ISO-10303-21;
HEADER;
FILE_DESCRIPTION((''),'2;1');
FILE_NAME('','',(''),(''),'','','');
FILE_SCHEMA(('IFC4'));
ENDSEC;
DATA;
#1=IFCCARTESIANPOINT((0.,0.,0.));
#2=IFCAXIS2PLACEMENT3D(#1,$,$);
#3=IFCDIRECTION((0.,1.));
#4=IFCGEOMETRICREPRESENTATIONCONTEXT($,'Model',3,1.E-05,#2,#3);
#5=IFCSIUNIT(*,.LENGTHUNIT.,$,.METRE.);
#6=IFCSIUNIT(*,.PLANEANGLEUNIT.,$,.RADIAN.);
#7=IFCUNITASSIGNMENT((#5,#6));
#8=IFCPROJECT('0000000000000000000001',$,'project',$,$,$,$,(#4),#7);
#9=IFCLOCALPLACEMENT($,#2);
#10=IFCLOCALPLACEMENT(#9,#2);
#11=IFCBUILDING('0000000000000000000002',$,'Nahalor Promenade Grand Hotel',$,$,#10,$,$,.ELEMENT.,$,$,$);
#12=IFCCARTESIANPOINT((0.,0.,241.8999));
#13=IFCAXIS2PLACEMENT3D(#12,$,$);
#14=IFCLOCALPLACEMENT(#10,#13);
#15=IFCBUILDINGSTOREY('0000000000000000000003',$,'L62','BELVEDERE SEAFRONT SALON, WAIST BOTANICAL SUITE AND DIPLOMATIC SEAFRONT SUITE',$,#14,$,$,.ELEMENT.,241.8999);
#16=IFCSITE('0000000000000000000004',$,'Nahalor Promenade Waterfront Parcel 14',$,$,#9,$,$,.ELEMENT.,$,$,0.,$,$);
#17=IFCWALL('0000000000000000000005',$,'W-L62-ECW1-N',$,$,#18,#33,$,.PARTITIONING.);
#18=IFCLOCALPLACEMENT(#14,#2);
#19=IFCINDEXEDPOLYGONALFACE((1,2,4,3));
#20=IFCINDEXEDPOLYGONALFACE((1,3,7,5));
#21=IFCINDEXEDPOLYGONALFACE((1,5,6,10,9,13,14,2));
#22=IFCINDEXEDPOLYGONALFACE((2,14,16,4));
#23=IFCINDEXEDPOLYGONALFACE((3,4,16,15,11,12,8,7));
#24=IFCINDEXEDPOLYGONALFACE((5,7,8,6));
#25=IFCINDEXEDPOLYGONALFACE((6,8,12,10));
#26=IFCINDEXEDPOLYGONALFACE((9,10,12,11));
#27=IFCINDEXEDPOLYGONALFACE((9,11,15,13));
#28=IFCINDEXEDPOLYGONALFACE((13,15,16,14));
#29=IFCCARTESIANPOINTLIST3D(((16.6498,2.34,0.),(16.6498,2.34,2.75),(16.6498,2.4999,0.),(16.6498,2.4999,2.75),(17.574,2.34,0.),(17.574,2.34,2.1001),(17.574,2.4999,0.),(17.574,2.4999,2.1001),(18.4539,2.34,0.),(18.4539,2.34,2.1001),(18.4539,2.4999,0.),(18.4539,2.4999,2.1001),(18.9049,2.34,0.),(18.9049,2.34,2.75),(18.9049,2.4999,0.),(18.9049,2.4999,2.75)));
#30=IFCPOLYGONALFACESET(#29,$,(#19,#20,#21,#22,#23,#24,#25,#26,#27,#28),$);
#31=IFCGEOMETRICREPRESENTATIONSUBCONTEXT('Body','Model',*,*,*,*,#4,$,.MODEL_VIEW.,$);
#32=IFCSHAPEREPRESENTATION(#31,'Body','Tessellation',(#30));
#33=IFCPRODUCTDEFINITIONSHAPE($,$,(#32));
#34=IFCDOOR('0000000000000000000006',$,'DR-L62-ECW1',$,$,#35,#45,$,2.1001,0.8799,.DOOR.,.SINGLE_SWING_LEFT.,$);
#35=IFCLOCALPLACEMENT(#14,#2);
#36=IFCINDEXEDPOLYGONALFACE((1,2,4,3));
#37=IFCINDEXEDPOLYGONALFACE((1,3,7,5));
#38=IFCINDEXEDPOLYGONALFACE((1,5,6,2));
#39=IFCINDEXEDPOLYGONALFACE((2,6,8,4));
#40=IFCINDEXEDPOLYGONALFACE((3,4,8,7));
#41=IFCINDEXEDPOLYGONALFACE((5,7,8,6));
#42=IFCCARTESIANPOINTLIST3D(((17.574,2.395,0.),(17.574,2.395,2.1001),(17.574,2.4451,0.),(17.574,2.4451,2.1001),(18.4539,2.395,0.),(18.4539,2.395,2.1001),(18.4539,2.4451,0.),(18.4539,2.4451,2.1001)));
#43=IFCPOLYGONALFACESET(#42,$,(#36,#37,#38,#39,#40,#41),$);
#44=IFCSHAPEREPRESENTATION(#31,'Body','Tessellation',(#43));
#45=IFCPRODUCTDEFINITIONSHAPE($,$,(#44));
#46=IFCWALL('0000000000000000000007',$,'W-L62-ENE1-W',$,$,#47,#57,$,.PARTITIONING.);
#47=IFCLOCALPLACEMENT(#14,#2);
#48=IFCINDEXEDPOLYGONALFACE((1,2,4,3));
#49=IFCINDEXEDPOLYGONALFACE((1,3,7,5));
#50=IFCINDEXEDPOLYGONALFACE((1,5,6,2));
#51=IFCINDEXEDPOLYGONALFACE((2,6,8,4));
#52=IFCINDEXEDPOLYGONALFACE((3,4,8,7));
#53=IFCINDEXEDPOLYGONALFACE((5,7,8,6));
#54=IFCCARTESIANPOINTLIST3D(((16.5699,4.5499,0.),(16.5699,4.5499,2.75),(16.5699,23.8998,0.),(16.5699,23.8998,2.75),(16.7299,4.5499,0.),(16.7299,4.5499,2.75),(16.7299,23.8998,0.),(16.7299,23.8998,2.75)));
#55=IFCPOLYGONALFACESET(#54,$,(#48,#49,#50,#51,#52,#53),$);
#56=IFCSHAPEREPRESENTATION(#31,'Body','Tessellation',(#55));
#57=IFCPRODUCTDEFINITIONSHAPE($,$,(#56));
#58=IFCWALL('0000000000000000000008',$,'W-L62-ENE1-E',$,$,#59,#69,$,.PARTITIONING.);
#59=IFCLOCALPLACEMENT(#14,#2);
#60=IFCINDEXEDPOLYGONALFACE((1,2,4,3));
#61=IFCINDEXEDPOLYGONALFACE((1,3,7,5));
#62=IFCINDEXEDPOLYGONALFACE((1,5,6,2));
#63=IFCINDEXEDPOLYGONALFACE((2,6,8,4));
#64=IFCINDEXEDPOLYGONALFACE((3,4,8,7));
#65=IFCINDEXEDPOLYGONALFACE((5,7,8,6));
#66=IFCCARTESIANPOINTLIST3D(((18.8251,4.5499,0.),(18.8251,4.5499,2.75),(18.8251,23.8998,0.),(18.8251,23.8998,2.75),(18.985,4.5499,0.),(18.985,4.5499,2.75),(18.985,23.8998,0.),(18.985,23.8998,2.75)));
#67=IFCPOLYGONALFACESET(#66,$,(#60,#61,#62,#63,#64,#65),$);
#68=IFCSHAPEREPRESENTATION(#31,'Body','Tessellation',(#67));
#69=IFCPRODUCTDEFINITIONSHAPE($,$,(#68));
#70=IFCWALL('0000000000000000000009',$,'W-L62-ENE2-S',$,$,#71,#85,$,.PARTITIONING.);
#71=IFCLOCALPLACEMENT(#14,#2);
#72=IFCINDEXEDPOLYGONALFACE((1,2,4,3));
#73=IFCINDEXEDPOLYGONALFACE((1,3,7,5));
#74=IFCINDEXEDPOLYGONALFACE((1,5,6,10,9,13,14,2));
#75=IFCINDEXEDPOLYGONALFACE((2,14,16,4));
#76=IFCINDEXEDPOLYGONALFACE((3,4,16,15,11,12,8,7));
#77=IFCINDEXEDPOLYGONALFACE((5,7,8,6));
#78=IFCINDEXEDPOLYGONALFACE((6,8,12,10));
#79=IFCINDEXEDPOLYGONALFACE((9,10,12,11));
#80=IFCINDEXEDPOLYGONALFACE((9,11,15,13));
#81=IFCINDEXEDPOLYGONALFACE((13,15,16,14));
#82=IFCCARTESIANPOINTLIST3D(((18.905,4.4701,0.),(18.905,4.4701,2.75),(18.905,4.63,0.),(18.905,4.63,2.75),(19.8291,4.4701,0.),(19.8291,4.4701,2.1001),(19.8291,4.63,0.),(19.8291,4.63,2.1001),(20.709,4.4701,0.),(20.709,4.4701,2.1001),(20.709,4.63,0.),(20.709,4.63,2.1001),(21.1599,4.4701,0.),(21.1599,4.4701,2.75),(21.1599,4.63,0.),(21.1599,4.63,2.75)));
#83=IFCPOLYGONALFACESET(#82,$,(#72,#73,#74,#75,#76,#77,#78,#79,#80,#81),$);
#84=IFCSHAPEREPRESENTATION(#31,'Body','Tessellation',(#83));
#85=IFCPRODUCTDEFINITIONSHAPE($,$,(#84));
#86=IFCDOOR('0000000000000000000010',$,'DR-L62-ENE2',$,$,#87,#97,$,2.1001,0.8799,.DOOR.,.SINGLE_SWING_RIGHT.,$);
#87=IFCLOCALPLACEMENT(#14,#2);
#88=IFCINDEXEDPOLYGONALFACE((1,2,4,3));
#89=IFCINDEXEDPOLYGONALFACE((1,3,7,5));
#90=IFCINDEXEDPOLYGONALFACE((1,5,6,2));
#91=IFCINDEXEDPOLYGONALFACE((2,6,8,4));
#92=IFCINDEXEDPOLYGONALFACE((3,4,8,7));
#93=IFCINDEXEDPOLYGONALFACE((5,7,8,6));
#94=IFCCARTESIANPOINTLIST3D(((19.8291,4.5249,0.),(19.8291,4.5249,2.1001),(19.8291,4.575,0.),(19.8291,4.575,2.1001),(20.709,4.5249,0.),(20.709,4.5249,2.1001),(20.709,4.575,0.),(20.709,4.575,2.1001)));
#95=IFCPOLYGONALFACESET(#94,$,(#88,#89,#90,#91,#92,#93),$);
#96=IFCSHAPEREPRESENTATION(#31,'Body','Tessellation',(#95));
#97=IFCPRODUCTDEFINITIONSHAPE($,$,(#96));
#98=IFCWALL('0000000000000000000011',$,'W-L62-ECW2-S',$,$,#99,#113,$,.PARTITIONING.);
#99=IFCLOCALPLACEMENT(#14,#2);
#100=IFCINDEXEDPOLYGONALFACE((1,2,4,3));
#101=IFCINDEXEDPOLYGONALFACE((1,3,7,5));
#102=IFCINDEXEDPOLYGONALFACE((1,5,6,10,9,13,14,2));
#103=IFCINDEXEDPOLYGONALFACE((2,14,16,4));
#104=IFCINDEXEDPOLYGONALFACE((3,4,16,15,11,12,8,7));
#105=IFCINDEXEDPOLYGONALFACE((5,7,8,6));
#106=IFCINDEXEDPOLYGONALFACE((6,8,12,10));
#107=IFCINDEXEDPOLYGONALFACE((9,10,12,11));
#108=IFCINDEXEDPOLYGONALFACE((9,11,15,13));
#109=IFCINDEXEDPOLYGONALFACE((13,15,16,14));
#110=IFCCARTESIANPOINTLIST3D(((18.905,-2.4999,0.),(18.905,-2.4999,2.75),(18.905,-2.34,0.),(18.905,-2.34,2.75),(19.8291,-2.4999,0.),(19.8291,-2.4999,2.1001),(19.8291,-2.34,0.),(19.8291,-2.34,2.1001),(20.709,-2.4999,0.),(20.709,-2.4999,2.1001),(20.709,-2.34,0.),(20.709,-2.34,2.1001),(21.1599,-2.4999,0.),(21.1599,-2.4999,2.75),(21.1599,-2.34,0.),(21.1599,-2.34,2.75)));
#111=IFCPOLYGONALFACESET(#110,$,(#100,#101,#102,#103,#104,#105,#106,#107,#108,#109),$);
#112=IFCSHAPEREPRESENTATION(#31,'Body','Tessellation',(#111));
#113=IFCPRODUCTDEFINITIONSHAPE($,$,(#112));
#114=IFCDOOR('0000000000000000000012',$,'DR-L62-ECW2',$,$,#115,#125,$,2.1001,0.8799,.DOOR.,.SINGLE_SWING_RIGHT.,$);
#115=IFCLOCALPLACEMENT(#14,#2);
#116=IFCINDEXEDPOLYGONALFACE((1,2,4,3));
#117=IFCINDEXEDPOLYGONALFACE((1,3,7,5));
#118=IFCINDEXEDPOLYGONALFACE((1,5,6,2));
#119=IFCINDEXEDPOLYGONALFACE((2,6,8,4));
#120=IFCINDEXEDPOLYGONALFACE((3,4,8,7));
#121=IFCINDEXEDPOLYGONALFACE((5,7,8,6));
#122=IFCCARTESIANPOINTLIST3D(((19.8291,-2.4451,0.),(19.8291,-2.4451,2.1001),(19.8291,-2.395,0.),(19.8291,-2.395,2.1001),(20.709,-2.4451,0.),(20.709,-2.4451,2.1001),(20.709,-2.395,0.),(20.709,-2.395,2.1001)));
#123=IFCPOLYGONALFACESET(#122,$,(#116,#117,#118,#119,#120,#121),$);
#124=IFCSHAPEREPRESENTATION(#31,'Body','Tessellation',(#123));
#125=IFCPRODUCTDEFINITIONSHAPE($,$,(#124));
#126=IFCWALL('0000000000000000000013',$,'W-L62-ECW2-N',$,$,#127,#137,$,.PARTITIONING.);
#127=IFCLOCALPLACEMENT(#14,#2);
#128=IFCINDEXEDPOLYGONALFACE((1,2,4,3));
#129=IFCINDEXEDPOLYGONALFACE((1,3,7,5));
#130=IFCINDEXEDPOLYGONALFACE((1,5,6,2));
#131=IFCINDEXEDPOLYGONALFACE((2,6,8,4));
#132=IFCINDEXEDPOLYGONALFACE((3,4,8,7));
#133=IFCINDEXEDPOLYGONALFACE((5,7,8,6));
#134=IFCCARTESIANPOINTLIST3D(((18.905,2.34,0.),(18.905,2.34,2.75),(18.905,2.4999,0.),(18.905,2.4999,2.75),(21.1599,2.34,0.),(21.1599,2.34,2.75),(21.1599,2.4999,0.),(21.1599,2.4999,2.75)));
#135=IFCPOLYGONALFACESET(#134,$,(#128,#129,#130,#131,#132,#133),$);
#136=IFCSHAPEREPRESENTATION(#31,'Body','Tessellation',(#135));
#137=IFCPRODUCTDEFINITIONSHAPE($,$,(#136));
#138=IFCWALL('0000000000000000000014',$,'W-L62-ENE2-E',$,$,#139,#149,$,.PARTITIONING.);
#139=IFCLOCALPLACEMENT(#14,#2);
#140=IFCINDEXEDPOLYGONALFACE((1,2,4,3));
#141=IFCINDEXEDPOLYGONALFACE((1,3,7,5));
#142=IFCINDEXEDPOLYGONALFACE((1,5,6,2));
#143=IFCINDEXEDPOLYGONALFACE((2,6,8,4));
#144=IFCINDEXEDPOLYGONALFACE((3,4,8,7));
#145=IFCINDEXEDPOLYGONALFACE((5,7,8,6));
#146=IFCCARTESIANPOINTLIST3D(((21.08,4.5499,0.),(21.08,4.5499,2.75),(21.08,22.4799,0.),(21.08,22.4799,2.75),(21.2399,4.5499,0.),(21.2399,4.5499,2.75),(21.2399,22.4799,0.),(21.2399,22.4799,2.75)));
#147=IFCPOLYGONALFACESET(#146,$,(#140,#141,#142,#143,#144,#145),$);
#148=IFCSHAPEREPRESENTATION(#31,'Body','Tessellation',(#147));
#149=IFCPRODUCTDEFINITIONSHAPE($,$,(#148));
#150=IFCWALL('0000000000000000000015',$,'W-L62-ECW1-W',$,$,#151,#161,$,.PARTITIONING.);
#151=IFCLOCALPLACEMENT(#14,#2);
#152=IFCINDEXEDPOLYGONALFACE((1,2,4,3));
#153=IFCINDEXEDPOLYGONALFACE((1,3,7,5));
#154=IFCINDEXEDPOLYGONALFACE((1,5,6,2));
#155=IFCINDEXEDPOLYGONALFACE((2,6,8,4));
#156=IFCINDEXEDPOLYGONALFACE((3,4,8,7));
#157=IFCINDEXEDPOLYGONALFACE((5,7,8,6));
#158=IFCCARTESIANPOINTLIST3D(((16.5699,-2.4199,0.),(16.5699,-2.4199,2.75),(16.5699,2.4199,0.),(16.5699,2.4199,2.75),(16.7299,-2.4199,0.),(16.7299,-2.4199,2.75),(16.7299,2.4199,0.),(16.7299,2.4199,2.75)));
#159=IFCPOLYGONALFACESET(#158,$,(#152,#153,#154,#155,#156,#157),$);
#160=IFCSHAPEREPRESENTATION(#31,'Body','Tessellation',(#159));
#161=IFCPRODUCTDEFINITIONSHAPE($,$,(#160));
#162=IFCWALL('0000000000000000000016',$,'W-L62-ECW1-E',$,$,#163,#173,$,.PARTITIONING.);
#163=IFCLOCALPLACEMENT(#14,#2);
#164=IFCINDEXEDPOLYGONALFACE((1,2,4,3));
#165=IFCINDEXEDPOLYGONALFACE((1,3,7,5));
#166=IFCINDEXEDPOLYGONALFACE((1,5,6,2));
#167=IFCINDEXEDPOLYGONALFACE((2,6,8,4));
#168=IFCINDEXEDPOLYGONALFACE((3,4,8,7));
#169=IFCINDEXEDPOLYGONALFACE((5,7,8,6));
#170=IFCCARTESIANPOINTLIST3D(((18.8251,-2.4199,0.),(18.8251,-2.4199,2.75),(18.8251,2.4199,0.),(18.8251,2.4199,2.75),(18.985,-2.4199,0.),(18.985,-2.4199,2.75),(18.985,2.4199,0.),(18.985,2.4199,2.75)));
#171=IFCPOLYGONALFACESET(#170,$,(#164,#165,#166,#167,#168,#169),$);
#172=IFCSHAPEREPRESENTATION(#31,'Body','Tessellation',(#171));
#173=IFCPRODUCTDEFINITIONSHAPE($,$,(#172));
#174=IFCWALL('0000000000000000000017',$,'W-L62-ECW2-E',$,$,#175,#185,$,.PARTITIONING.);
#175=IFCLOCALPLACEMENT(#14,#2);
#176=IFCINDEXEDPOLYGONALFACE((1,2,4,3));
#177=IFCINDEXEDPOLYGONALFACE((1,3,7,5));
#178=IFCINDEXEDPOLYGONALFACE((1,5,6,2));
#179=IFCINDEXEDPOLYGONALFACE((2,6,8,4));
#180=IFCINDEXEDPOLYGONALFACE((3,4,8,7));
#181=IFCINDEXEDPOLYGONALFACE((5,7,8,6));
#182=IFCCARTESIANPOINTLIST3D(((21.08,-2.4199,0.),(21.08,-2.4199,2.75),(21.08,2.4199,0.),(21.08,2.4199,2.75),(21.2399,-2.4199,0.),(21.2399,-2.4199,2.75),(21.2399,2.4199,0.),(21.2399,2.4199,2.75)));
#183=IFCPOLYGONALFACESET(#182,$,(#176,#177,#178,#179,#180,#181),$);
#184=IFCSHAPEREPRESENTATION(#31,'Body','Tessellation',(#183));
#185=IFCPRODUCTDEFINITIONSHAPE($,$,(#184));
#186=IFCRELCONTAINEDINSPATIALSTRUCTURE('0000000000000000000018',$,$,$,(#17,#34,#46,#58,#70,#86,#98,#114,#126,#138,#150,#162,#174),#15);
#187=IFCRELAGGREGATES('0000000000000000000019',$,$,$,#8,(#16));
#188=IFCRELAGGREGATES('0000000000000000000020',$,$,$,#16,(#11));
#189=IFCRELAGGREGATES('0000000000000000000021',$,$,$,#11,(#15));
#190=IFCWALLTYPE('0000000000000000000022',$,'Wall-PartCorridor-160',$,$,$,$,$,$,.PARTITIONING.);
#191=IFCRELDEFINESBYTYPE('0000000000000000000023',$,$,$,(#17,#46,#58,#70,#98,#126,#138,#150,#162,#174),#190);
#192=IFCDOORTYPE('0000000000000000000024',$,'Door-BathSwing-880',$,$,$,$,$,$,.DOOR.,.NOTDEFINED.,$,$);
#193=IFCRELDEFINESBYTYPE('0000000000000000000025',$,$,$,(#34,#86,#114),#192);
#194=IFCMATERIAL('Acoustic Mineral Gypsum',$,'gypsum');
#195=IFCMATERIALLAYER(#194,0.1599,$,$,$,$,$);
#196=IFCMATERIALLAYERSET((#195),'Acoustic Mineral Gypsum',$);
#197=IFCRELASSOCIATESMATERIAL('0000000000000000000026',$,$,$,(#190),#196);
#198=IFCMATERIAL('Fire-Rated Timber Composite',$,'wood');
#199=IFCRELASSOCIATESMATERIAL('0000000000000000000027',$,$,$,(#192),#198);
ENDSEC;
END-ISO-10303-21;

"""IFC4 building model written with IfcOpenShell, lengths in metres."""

from ifc_helpers import new_model, si_unit, direction, frame, frame_2d, origin, place, context, subcontext, project, spatial, rectangle, extrude, source, transform, mapped, material, layer, layer_set, type_object, element, fill, save


model = new_model("IFC4")

# Units and contexts
model_context = context("Model", 3, precision=1e-05, world=origin(), true_north=direction((0.0, 1.0)))
body_context = subcontext(model_context, "Body", "Model", "MODEL_VIEW")
ifc_project = project(units=[si_unit("LENGTHUNIT", "METRE"), si_unit("PLANEANGLEUNIT", "RADIAN")], contexts=[model_context])

# Site, building, storey
site_placement = place(None, origin())
site = spatial("IfcSite", under=ifc_project, at=site_placement, Name="Nahalor Promenade Waterfront Parcel 14", CompositionType="ELEMENT", RefElevation=0.0)
building_placement = place(site_placement, origin())
building = spatial("IfcBuilding", under=site, at=building_placement, Name="Nahalor Promenade Grand Hotel", CompositionType="ELEMENT")
storey_placement = place(building_placement, frame((0.0, 0.0, 241.8999)))
storey = spatial("IfcBuildingStorey", under=building, at=storey_placement, Name="L62", Description="BELVEDERE SEAFRONT SALON, WAIST BOTANICAL SUITE AND DIPLOMATIC SEAFRONT SUITE", CompositionType="ELEMENT", Elevation=241.8999)

# Shared definitions
ifc_material_1 = material(Name="Acoustic Mineral Gypsum", Category="gypsum")
ifc_layer_1 = layer(ifc_material_1, 0.1599)
ifc_layer_set_1 = layer_set([ifc_layer_1], Name="Acoustic Mineral Gypsum")
wall_type_1 = type_object("IfcWallType", Name="Wall-PartCorridor-160", PredefinedType="PARTITIONING", material=ifc_layer_set_1)
shared_shape_1 = source(origin(), body_context, "Body", "SweptSolid", [
    extrude(rectangle(XDim=2.2551, YDim=0.1599, at=frame_2d((1.1274, 0.0))), origin(), (0.0, 0.0, 1.0), 2.75),
])
ifc_material_2 = material(Name="Fire-Rated Timber Composite", Category="wood")
door_type = type_object("IfcDoorType", Name="Door-BathSwing-880", OperationType="NOTDEFINED", PredefinedType="DOOR", material=ifc_material_2)
shared_shape_2 = source(origin(), body_context, "Body", "SweptSolid", [
    extrude(rectangle(XDim=0.8799, YDim=2.1001, at=frame_2d((0.4399, 1.05))), frame((0.0, 0.0249, 0.0), z_axis=(0.0, -1.0, 0.0), x_axis=(1.0, 0.0, 0.0)), (0.0, 0.0, 1.0), 0.05),
])

# Wall, opening, door
wall_1_placement = place(storey_placement, frame((16.6499, 2.4199, 0.0), z_axis=(0.0, 0.0, 1.0), x_axis=(1.0, 0.0, 0.0)))
wall_1 = element("IfcWall", 1, at=wall_1_placement, inside=storey, type_object=wall_type_1, Name="W-L62-ECW1-N", PredefinedType="PARTITIONING", context=body_context, shape_type="MappedRepresentation", body=[
    mapped(shared_shape_1, transform((0.0, 0.0, 0.0), scale=1.0)),
])
opening_1_placement = place(wall_1_placement, frame((0.9241, 0.0, 0.0)))
opening_1 = element("IfcOpeningElement", 2, at=opening_1_placement, cuts=wall_1, PredefinedType="OPENING", context=body_context, shape_type="SweptSolid", body=[
    extrude(rectangle(XDim=0.8799, YDim=2.1001, at=frame_2d((0.4399, 1.05))), frame((0.0, 0.0898, 0.0), z_axis=(0.0, -1.0, 0.0), x_axis=(1.0, 0.0, 0.0)), (0.0, 0.0, 1.0), 0.1799),
])
door_1_placement = place(opening_1_placement, frame((0.8799, 0.0, 0.0), z_axis=(0.0, 0.0, 1.0), x_axis=(-1.0, 0.0, 0.0)))
door_1 = element("IfcDoor", 3, at=door_1_placement, inside=storey, type_object=door_type, Name="DR-L62-ECW1", OperationType="SINGLE_SWING_LEFT", OverallHeight=2.1001, OverallWidth=0.8799, PredefinedType="DOOR", context=body_context, shape_type="MappedRepresentation", body=[
    mapped(shared_shape_2, transform((0.0, 0.0, 0.0), scale=1.0)),
])
fill(opening_1, door_1)

# Walls
shared_shape_3 = source(origin(), body_context, "Body", "SweptSolid", [
    extrude(rectangle(XDim=19.3499, YDim=0.1599, at=frame_2d((9.6748, 0.0))), origin(), (0.0, 0.0, 1.0), 2.75),
])
for number, where, z_axis, x_axis, name in (
    (4, (16.6499, 4.55, 0.0), (0.0, 0.0, 1.0), (0.0, 1.0, 0.0), "W-L62-ENE1-W"),
    (5, (18.905, 4.55, 0.0), (0.0, 0.0, 1.0), (0.0, 1.0, 0.0), "W-L62-ENE1-E"),
):
    element("IfcWall", number, at=place(storey_placement, frame(where, z_axis=z_axis, x_axis=x_axis)), inside=storey, type_object=wall_type_1, Name=name, PredefinedType="PARTITIONING", context=body_context, shape_type="MappedRepresentation", body=[
        mapped(shared_shape_3, transform((0.0, 0.0, 0.0), scale=1.0)),
    ])

# Walls, openings, doors
shared_shape_4 = source(origin(), body_context, "Body", "SweptSolid", [
    extrude(rectangle(XDim=2.2549, YDim=0.1599, at=frame_2d((1.1274, 0.0))), origin(), (0.0, 0.0, 1.0), 2.75),
])
wall_2_placement = place(storey_placement, frame((18.905, 4.55, 0.0), z_axis=(0.0, 0.0, 1.0), x_axis=(1.0, 0.0, 0.0)))
wall_2 = element("IfcWall", 6, at=wall_2_placement, inside=storey, type_object=wall_type_1, Name="W-L62-ENE2-S", PredefinedType="PARTITIONING", context=body_context, shape_type="MappedRepresentation", body=[
    mapped(shared_shape_4, transform((0.0, 0.0, 0.0), scale=1.0)),
])
opening_2_placement = place(wall_2_placement, frame((0.9241, 0.0, 0.0)))
opening_2 = element("IfcOpeningElement", 7, at=opening_2_placement, cuts=wall_2, PredefinedType="OPENING", context=body_context, shape_type="SweptSolid", body=[
    extrude(rectangle(XDim=0.8799, YDim=2.1001, at=frame_2d((0.4399, 1.05))), frame((0.0, 0.0898, 0.0), z_axis=(0.0, -1.0, 0.0), x_axis=(1.0, 0.0, 0.0)), (0.0, 0.0, 1.0), 0.1799),
])
door_2_placement = place(opening_2_placement, origin())
door_2 = element("IfcDoor", 8, at=door_2_placement, inside=storey, type_object=door_type, Name="DR-L62-ENE2", OperationType="SINGLE_SWING_RIGHT", OverallHeight=2.1001, OverallWidth=0.8799, PredefinedType="DOOR", context=body_context, shape_type="MappedRepresentation", body=[
    mapped(shared_shape_2, transform((0.0, 0.0, 0.0), scale=1.0)),
])
fill(opening_2, door_2)
wall_3_placement = place(storey_placement, frame((18.905, -2.4199, 0.0), z_axis=(0.0, 0.0, 1.0), x_axis=(1.0, 0.0, 0.0)))
wall_3 = element("IfcWall", 9, at=wall_3_placement, inside=storey, type_object=wall_type_1, Name="W-L62-ECW2-S", PredefinedType="PARTITIONING", context=body_context, shape_type="MappedRepresentation", body=[
    mapped(shared_shape_4, transform((0.0, 0.0, 0.0), scale=1.0)),
])
opening_3_placement = place(wall_3_placement, frame((0.9241, 0.0, 0.0)))
opening_3 = element("IfcOpeningElement", 10, at=opening_3_placement, cuts=wall_3, PredefinedType="OPENING", context=body_context, shape_type="SweptSolid", body=[
    extrude(rectangle(XDim=0.8799, YDim=2.1001, at=frame_2d((0.4399, 1.05))), frame((0.0, 0.0898, 0.0), z_axis=(0.0, -1.0, 0.0), x_axis=(1.0, 0.0, 0.0)), (0.0, 0.0, 1.0), 0.1799),
])
door_3_placement = place(opening_3_placement, origin())
door_3 = element("IfcDoor", 11, at=door_3_placement, inside=storey, type_object=door_type, Name="DR-L62-ECW2", OperationType="SINGLE_SWING_RIGHT", OverallHeight=2.1001, OverallWidth=0.8799, PredefinedType="DOOR", context=body_context, shape_type="MappedRepresentation", body=[
    mapped(shared_shape_2, transform((0.0, 0.0, 0.0), scale=1.0)),
])
fill(opening_3, door_3)

# Walls
wall_4_placement = place(storey_placement, frame((18.905, 2.4199, 0.0), z_axis=(0.0, 0.0, 1.0), x_axis=(1.0, 0.0, 0.0)))
element("IfcWall", 12, at=wall_4_placement, inside=storey, type_object=wall_type_1, Name="W-L62-ECW2-N", PredefinedType="PARTITIONING", context=body_context, shape_type="MappedRepresentation", body=[
    mapped(shared_shape_4, transform((0.0, 0.0, 0.0), scale=1.0)),
])
shared_shape_5 = source(origin(), body_context, "Body", "SweptSolid", [
    extrude(rectangle(XDim=17.9299, YDim=0.1599, at=frame_2d((8.9648, 0.0))), origin(), (0.0, 0.0, 1.0), 2.75),
])
wall_5_placement = place(storey_placement, frame((21.1599, 4.55, 0.0), z_axis=(0.0, 0.0, 1.0), x_axis=(0.0, 1.0, 0.0)))
element("IfcWall", 13, at=wall_5_placement, inside=storey, type_object=wall_type_1, Name="W-L62-ENE2-E", PredefinedType="PARTITIONING", context=body_context, shape_type="MappedRepresentation", body=[
    mapped(shared_shape_5, transform((0.0, 0.0, 0.0), scale=1.0)),
])
shared_shape_6 = source(origin(), body_context, "Body", "SweptSolid", [
    extrude(rectangle(XDim=4.8398, YDim=0.1599, at=frame_2d((2.4199, 0.0))), origin(), (0.0, 0.0, 1.0), 2.75),
])
for number, where, z_axis, x_axis, name in (
    (14, (16.6499, -2.4199, 0.0), (0.0, 0.0, 1.0), (0.0, 1.0, 0.0), "W-L62-ECW1-W"),
    (15, (18.905, -2.4199, 0.0), (0.0, 0.0, 1.0), (0.0, 1.0, 0.0), "W-L62-ECW1-E"),
    (16, (21.1599, -2.4199, 0.0), (0.0, 0.0, 1.0), (0.0, 1.0, 0.0), "W-L62-ECW2-E"),
):
    element("IfcWall", number, at=place(storey_placement, frame(where, z_axis=z_axis, x_axis=x_axis)), inside=storey, type_object=wall_type_1, Name=name, PredefinedType="PARTITIONING", context=body_context, shape_type="MappedRepresentation", body=[
        mapped(shared_shape_6, transform((0.0, 0.0, 0.0), scale=1.0)),
    ])

save(model, "model.ifc")
